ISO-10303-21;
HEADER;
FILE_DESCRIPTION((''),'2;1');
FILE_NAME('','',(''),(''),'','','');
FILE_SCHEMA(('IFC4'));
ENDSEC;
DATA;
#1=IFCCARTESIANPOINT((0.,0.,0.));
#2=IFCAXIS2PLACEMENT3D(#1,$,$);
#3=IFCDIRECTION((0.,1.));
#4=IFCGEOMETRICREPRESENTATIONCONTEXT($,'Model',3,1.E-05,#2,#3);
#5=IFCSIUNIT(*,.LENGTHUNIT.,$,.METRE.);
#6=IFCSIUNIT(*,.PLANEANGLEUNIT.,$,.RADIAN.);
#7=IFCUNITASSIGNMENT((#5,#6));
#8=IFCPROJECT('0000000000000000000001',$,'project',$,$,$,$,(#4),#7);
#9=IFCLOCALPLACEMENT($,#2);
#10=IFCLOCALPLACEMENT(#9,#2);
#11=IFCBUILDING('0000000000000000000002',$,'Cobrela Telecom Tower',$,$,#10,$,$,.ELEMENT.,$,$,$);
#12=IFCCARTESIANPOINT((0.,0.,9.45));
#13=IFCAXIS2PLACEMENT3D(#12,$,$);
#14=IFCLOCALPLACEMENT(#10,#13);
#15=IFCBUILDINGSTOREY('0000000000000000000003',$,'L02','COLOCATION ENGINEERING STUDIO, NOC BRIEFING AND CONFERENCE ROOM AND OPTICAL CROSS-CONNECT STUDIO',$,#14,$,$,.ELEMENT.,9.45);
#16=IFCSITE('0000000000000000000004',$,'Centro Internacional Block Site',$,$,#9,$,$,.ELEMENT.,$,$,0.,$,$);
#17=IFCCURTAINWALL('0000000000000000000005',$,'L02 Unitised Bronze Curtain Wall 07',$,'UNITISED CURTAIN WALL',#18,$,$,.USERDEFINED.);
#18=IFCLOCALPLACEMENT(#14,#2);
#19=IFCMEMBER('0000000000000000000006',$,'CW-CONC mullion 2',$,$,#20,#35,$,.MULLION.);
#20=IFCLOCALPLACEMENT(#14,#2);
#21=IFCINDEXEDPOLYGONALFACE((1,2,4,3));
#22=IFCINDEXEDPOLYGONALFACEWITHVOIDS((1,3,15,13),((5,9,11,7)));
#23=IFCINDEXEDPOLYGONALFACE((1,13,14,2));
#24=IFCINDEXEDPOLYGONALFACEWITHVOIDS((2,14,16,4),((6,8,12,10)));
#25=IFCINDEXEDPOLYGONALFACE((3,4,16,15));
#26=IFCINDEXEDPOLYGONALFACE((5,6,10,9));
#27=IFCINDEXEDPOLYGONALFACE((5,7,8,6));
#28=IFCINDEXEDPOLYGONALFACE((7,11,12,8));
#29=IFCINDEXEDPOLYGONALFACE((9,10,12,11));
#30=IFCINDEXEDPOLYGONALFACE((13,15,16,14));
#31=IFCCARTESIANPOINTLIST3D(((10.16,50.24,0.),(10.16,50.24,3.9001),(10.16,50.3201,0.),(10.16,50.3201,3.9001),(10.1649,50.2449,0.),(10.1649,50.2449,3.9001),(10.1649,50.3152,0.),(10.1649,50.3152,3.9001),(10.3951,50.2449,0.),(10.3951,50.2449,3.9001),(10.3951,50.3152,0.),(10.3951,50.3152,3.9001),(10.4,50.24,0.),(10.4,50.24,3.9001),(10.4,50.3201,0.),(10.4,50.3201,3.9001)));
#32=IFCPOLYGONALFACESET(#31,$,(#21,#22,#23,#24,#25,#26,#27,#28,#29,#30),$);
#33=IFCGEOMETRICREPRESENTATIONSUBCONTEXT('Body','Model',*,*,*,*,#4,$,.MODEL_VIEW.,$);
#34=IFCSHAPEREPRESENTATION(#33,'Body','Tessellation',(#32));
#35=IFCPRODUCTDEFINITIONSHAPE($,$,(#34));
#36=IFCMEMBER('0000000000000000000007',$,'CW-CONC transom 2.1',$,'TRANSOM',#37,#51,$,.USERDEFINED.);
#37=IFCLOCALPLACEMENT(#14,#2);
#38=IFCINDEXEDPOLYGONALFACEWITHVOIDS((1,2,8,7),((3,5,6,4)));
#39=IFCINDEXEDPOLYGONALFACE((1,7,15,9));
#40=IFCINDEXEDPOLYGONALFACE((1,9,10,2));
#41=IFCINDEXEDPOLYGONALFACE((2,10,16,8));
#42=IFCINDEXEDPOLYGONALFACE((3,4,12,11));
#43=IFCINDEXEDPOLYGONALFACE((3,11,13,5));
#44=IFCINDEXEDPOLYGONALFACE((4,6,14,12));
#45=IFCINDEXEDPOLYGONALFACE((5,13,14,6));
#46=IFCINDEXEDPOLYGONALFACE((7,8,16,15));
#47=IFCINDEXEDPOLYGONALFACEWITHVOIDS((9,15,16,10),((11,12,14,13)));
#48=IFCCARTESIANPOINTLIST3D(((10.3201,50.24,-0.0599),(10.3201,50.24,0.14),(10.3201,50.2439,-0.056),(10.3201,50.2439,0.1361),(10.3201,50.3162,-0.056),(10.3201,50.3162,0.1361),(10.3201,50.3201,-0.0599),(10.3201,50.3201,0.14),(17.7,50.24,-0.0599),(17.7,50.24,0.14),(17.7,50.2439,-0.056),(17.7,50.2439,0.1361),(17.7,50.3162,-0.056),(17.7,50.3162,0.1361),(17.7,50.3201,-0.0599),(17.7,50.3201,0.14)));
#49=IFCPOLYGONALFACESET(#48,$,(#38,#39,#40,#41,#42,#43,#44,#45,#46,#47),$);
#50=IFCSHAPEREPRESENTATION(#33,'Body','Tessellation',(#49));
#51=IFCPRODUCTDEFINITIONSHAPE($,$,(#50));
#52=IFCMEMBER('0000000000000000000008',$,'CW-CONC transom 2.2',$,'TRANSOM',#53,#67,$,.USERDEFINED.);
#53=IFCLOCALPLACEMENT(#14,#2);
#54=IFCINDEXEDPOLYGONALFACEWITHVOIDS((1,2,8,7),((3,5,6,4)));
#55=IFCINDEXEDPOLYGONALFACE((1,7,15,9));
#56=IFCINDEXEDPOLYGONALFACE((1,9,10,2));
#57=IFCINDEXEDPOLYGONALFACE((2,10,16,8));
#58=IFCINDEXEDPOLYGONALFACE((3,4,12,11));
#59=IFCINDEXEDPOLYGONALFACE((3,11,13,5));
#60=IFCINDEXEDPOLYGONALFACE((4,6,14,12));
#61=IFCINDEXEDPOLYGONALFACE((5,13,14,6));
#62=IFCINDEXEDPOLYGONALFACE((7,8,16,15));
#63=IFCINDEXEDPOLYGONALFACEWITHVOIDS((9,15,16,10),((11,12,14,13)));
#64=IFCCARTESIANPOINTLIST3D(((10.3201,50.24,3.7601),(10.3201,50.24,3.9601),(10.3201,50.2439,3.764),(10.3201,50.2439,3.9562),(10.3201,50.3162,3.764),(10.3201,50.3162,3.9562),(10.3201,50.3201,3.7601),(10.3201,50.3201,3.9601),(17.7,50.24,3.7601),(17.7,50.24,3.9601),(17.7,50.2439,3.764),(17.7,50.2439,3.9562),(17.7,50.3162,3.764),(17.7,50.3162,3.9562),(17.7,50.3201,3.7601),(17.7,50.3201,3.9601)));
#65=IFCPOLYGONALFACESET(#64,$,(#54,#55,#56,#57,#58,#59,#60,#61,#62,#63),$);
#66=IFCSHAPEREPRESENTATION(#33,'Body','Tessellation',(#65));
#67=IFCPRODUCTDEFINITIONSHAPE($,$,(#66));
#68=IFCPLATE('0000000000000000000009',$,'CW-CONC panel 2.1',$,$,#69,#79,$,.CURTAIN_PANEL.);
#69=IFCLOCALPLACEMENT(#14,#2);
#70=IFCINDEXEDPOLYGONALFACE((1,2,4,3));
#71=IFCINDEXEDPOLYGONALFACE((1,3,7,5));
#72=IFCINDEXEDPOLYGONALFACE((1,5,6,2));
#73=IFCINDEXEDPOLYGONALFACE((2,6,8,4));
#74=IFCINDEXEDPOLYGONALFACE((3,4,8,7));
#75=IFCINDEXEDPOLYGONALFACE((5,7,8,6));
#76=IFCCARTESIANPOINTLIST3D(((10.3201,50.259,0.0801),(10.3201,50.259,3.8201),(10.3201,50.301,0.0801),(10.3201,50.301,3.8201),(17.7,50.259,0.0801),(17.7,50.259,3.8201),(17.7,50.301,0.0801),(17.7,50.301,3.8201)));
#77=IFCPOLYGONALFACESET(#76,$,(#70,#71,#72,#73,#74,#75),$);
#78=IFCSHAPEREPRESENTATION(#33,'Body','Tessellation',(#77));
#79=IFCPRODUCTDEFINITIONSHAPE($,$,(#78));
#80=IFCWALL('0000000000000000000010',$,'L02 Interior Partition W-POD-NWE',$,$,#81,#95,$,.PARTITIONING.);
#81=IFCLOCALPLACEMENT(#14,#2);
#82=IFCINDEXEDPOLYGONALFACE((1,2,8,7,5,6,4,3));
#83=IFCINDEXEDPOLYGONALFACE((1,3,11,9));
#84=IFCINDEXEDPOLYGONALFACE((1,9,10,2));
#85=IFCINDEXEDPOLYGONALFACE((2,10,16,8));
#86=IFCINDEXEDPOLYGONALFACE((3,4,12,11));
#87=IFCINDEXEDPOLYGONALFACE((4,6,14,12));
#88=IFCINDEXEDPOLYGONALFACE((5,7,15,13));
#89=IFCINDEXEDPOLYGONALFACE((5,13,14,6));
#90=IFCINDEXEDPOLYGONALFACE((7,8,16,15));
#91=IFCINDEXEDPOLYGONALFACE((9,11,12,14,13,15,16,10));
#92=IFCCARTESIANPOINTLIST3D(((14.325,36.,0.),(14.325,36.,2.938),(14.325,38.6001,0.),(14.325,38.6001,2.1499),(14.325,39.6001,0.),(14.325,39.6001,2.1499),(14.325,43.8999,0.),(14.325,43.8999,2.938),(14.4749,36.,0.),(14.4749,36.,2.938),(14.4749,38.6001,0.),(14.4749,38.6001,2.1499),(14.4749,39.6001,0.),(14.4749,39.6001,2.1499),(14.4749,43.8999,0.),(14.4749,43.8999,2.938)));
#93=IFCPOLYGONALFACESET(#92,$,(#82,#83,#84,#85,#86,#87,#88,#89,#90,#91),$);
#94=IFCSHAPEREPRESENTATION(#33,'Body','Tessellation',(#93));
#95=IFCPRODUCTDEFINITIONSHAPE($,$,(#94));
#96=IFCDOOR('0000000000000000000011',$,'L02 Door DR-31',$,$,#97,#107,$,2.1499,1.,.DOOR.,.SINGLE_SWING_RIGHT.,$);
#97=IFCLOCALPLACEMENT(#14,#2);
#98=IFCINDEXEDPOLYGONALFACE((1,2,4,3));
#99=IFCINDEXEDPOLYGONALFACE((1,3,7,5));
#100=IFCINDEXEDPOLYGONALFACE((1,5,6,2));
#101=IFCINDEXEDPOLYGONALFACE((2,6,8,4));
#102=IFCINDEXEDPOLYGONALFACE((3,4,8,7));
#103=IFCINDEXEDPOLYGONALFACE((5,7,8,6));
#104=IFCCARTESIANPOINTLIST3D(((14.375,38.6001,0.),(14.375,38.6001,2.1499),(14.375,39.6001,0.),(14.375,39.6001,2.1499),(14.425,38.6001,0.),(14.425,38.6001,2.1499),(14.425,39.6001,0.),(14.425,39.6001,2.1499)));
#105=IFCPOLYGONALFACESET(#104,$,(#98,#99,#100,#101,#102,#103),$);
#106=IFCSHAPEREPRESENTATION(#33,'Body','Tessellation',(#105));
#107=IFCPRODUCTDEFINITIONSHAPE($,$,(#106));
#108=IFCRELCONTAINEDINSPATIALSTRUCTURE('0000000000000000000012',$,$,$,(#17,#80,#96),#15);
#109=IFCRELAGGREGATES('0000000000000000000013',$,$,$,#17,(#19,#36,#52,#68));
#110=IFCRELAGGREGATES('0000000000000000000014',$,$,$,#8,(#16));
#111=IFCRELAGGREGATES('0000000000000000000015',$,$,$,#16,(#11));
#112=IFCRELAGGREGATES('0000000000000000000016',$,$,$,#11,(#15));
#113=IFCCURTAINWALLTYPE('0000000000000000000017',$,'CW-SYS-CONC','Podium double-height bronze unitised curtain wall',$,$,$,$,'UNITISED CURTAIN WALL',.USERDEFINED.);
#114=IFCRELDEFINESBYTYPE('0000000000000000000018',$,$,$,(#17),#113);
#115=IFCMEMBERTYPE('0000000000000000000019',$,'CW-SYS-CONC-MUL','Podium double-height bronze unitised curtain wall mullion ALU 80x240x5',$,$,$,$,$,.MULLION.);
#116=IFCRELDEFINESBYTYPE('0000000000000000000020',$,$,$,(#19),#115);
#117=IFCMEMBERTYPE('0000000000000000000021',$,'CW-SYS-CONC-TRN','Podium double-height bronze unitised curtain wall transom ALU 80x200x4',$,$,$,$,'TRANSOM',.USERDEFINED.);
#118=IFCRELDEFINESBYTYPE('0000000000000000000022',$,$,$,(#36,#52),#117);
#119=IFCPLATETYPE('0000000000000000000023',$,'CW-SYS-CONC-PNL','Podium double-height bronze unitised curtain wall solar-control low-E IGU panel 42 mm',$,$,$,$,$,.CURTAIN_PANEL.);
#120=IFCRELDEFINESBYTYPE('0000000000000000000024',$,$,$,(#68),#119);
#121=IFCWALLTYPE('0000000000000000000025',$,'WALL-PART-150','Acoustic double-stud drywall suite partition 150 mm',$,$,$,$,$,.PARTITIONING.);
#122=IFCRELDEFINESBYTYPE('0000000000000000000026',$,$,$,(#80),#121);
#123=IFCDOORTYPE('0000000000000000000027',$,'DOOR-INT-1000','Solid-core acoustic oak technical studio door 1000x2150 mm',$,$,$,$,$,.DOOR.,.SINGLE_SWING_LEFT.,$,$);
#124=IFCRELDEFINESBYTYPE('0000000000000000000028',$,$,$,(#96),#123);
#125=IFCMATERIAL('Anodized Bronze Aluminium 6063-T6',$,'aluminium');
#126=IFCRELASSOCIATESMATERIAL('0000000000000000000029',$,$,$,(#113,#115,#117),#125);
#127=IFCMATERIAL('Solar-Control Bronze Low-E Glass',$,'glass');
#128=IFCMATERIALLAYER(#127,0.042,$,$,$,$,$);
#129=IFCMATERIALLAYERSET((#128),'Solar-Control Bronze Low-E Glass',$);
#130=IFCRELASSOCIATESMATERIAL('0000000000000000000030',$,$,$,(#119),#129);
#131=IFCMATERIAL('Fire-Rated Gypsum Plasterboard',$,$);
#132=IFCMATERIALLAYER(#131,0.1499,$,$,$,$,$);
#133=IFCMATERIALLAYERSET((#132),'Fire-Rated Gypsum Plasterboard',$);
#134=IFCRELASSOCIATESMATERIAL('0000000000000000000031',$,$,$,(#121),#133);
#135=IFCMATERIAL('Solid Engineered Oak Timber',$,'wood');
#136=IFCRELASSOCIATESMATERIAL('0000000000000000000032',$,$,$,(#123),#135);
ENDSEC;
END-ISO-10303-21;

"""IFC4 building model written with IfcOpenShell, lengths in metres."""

from ifc_helpers import new_model, si_unit, direction, frame, frame_2d, origin, origin_2d, place, context, subcontext, project, spatial, rectangle, hollow_rectangle, extrude, material, layer, layer_set, material_profile, profile_set, type_object, element, fill, aggregate, save


model = new_model("IFC4")

# Units and contexts
model_context = context("Model", 3, precision=1e-05, world=origin(), true_north=direction((0.0, 1.0)))
body_context = subcontext(model_context, "Body", "Model", "MODEL_VIEW")
ifc_project = project(units=[si_unit("LENGTHUNIT", "METRE"), si_unit("PLANEANGLEUNIT", "RADIAN")], contexts=[model_context])

# Site, building, storey
site_placement = place(None, origin())
site = spatial("IfcSite", under=ifc_project, at=site_placement, Name="Centro Internacional Block Site", CompositionType="ELEMENT", RefElevation=0.0)
building_placement = place(site_placement, origin())
building = spatial("IfcBuilding", under=site, at=building_placement, Name="Cobrela Telecom Tower", CompositionType="ELEMENT")
storey_placement = place(building_placement, frame((0.0, 0.0, 9.45)))
storey = spatial("IfcBuildingStorey", under=building, at=storey_placement, Name="L02", Description="COLOCATION ENGINEERING STUDIO, NOC BRIEFING AND CONFERENCE ROOM AND OPTICAL CROSS-CONNECT STUDIO", CompositionType="ELEMENT", Elevation=9.45)

# Curtain wall, members, plate
ifc_material_1 = material(Name="Anodized Bronze Aluminium 6063-T6", Category="aluminium")
curtain_wall_type = type_object("IfcCurtainWallType", Name="CW-SYS-CONC", Description="Podium double-height bronze unitised curtain wall", ElementType="UNITISED CURTAIN WALL", PredefinedType="USERDEFINED", material=ifc_material_1)
curtain_wall_placement = place(storey_placement, origin())
curtain_wall = element("IfcCurtainWall", 1, at=curtain_wall_placement, inside=storey, type_object=curtain_wall_type, Name="L02 Unitised Bronze Curtain Wall 07", ObjectType="UNITISED CURTAIN WALL", PredefinedType="USERDEFINED")
ifc_material_profile_1 = material_profile(ifc_material_1, hollow_rectangle(XDim=0.0801, YDim=0.24, WallThickness=0.0049, at=origin_2d()), Name="ALU 80x240x5")
ifc_profile_set_1 = profile_set([ifc_material_profile_1], Name="Anodized Bronze Aluminium 6063-T6")
member_type_1 = type_object("IfcMemberType", Name="CW-SYS-CONC-MUL", Description="Podium double-height bronze unitised curtain wall mullion ALU 80x240x5", PredefinedType="MULLION", material=ifc_profile_set_1)
member_1_placement = place(storey_placement, frame((10.28, 50.28, 0.0), z_axis=(0.0, 0.0, 1.0), x_axis=(0.0, 1.0, 0.0)))
member_1 = element("IfcMember", 2, at=member_1_placement, type_object=member_type_1, Name="CW-CONC mullion 2", PredefinedType="MULLION", context=body_context, shape_type="SweptSolid", body=[
    extrude(hollow_rectangle(XDim=0.0801, YDim=0.24, WallThickness=0.0049, at=origin_2d()), origin(), (0.0, 0.0, 1.0), 3.9001),
])
ifc_material_profile_2 = material_profile(ifc_material_1, hollow_rectangle(XDim=0.0801, YDim=0.2, WallThickness=0.0039, at=origin_2d()), Name="ALU 80x200x4")
ifc_profile_set_2 = profile_set([ifc_material_profile_2], Name="Anodized Bronze Aluminium 6063-T6")
member_type_2 = type_object("IfcMemberType", Name="CW-SYS-CONC-TRN", Description="Podium double-height bronze unitised curtain wall transom ALU 80x200x4", ElementType="TRANSOM", PredefinedType="USERDEFINED", material=ifc_profile_set_2)
member_2_placement = place(storey_placement, frame((10.3201, 50.28, 0.04), z_axis=(1.0, 0.0, 0.0), x_axis=(0.0, 1.0, 0.0)))
member_2 = element("IfcMember", 3, at=member_2_placement, type_object=member_type_2, Name="CW-CONC transom 2.1", ObjectType="TRANSOM", PredefinedType="USERDEFINED", context=body_context, shape_type="SweptSolid", body=[
    extrude(hollow_rectangle(XDim=0.0801, YDim=0.2, WallThickness=0.0039, at=origin_2d()), origin(), (0.0, 0.0, 1.0), 7.3799),
])
member_3_placement = place(storey_placement, frame((10.3201, 50.28, 3.8601), z_axis=(1.0, 0.0, 0.0), x_axis=(0.0, 1.0, 0.0)))
member_3 = element("IfcMember", 4, at=member_3_placement, type_object=member_type_2, Name="CW-CONC transom 2.2", ObjectType="TRANSOM", PredefinedType="USERDEFINED", context=body_context, shape_type="SweptSolid", body=[
    extrude(hollow_rectangle(XDim=0.0801, YDim=0.2, WallThickness=0.0039, at=origin_2d()), origin(), (0.0, 0.0, 1.0), 7.3799),
])
ifc_material_2 = material(Name="Solar-Control Bronze Low-E Glass", Category="glass")
ifc_layer_1 = layer(ifc_material_2, 0.042)
ifc_layer_set_1 = layer_set([ifc_layer_1], Name="Solar-Control Bronze Low-E Glass")
plate_type = type_object("IfcPlateType", Name="CW-SYS-CONC-PNL", Description="Podium double-height bronze unitised curtain wall solar-control low-E IGU panel 42 mm", PredefinedType="CURTAIN_PANEL", material=ifc_layer_set_1)
plate_placement = place(storey_placement, frame((14.01, 50.28, 0.0801), z_axis=(0.0, 0.0, 1.0), x_axis=(1.0, 0.0, 0.0)))
plate = element("IfcPlate", 5, at=plate_placement, type_object=plate_type, Name="CW-CONC panel 2.1", PredefinedType="CURTAIN_PANEL", context=body_context, shape_type="SweptSolid", body=[
    extrude(rectangle(XDim=7.3799, YDim=0.042, at=origin_2d()), origin(), (0.0, 0.0, 1.0), 3.74),
])
aggregate(curtain_wall, [member_1, member_2, member_3, plate])

# Wall, opening, door
ifc_material_3 = material(Name="Fire-Rated Gypsum Plasterboard")
ifc_layer_2 = layer(ifc_material_3, 0.1499)
ifc_layer_set_2 = layer_set([ifc_layer_2], Name="Fire-Rated Gypsum Plasterboard")
wall_type = type_object("IfcWallType", Name="WALL-PART-150", Description="Acoustic double-stud drywall suite partition 150 mm", PredefinedType="PARTITIONING", material=ifc_layer_set_2)
wall_placement = place(storey_placement, frame((14.3999, 36.0, 0.0), z_axis=(0.0, 0.0, 1.0), x_axis=(0.0, 1.0, 0.0)))
wall = element("IfcWall", 6, at=wall_placement, inside=storey, type_object=wall_type, Name="L02 Interior Partition W-POD-NWE", PredefinedType="PARTITIONING", context=body_context, shape_type="SweptSolid", body=[
    extrude(rectangle(XDim=7.8999, YDim=0.1499, at=frame_2d((3.95, 0.0))), origin(), (0.0, 0.0, 1.0), 2.938),
])
opening_placement = place(wall_placement, frame((2.6001, 0.0, 0.0)))
opening = element("IfcOpeningElement", 7, at=opening_placement, cuts=wall, PredefinedType="OPENING", context=body_context, shape_type="SweptSolid", body=[
    extrude(rectangle(XDim=1.0, YDim=2.1499, at=frame_2d((0.5, 1.075))), frame((0.0, 0.0869, 0.0), z_axis=(0.0, -1.0, 0.0), x_axis=(1.0, 0.0, 0.0)), (0.0, 0.0, 1.0), 0.1738),
])
ifc_material_4 = material(Name="Solid Engineered Oak Timber", Category="wood")
door_type = type_object("IfcDoorType", Name="DOOR-INT-1000", Description="Solid-core acoustic oak technical studio door 1000x2150 mm", OperationType="SINGLE_SWING_LEFT", PredefinedType="DOOR", material=ifc_material_4)
door_placement = place(opening_placement, origin())
door = element("IfcDoor", 8, at=door_placement, inside=storey, type_object=door_type, Name="L02 Door DR-31", OperationType="SINGLE_SWING_RIGHT", OverallHeight=2.1499, OverallWidth=1.0, PredefinedType="DOOR", context=body_context, shape_type="SweptSolid", body=[
    extrude(rectangle(XDim=1.0, YDim=2.1499, at=frame_2d((0.5, 1.075))), frame((0.0, 0.0249, 0.0), z_axis=(0.0, -1.0, 0.0), x_axis=(1.0, 0.0, 0.0)), (0.0, 0.0, 1.0), 0.05),
])
fill(opening, door)

save(model, "model.ifc")
